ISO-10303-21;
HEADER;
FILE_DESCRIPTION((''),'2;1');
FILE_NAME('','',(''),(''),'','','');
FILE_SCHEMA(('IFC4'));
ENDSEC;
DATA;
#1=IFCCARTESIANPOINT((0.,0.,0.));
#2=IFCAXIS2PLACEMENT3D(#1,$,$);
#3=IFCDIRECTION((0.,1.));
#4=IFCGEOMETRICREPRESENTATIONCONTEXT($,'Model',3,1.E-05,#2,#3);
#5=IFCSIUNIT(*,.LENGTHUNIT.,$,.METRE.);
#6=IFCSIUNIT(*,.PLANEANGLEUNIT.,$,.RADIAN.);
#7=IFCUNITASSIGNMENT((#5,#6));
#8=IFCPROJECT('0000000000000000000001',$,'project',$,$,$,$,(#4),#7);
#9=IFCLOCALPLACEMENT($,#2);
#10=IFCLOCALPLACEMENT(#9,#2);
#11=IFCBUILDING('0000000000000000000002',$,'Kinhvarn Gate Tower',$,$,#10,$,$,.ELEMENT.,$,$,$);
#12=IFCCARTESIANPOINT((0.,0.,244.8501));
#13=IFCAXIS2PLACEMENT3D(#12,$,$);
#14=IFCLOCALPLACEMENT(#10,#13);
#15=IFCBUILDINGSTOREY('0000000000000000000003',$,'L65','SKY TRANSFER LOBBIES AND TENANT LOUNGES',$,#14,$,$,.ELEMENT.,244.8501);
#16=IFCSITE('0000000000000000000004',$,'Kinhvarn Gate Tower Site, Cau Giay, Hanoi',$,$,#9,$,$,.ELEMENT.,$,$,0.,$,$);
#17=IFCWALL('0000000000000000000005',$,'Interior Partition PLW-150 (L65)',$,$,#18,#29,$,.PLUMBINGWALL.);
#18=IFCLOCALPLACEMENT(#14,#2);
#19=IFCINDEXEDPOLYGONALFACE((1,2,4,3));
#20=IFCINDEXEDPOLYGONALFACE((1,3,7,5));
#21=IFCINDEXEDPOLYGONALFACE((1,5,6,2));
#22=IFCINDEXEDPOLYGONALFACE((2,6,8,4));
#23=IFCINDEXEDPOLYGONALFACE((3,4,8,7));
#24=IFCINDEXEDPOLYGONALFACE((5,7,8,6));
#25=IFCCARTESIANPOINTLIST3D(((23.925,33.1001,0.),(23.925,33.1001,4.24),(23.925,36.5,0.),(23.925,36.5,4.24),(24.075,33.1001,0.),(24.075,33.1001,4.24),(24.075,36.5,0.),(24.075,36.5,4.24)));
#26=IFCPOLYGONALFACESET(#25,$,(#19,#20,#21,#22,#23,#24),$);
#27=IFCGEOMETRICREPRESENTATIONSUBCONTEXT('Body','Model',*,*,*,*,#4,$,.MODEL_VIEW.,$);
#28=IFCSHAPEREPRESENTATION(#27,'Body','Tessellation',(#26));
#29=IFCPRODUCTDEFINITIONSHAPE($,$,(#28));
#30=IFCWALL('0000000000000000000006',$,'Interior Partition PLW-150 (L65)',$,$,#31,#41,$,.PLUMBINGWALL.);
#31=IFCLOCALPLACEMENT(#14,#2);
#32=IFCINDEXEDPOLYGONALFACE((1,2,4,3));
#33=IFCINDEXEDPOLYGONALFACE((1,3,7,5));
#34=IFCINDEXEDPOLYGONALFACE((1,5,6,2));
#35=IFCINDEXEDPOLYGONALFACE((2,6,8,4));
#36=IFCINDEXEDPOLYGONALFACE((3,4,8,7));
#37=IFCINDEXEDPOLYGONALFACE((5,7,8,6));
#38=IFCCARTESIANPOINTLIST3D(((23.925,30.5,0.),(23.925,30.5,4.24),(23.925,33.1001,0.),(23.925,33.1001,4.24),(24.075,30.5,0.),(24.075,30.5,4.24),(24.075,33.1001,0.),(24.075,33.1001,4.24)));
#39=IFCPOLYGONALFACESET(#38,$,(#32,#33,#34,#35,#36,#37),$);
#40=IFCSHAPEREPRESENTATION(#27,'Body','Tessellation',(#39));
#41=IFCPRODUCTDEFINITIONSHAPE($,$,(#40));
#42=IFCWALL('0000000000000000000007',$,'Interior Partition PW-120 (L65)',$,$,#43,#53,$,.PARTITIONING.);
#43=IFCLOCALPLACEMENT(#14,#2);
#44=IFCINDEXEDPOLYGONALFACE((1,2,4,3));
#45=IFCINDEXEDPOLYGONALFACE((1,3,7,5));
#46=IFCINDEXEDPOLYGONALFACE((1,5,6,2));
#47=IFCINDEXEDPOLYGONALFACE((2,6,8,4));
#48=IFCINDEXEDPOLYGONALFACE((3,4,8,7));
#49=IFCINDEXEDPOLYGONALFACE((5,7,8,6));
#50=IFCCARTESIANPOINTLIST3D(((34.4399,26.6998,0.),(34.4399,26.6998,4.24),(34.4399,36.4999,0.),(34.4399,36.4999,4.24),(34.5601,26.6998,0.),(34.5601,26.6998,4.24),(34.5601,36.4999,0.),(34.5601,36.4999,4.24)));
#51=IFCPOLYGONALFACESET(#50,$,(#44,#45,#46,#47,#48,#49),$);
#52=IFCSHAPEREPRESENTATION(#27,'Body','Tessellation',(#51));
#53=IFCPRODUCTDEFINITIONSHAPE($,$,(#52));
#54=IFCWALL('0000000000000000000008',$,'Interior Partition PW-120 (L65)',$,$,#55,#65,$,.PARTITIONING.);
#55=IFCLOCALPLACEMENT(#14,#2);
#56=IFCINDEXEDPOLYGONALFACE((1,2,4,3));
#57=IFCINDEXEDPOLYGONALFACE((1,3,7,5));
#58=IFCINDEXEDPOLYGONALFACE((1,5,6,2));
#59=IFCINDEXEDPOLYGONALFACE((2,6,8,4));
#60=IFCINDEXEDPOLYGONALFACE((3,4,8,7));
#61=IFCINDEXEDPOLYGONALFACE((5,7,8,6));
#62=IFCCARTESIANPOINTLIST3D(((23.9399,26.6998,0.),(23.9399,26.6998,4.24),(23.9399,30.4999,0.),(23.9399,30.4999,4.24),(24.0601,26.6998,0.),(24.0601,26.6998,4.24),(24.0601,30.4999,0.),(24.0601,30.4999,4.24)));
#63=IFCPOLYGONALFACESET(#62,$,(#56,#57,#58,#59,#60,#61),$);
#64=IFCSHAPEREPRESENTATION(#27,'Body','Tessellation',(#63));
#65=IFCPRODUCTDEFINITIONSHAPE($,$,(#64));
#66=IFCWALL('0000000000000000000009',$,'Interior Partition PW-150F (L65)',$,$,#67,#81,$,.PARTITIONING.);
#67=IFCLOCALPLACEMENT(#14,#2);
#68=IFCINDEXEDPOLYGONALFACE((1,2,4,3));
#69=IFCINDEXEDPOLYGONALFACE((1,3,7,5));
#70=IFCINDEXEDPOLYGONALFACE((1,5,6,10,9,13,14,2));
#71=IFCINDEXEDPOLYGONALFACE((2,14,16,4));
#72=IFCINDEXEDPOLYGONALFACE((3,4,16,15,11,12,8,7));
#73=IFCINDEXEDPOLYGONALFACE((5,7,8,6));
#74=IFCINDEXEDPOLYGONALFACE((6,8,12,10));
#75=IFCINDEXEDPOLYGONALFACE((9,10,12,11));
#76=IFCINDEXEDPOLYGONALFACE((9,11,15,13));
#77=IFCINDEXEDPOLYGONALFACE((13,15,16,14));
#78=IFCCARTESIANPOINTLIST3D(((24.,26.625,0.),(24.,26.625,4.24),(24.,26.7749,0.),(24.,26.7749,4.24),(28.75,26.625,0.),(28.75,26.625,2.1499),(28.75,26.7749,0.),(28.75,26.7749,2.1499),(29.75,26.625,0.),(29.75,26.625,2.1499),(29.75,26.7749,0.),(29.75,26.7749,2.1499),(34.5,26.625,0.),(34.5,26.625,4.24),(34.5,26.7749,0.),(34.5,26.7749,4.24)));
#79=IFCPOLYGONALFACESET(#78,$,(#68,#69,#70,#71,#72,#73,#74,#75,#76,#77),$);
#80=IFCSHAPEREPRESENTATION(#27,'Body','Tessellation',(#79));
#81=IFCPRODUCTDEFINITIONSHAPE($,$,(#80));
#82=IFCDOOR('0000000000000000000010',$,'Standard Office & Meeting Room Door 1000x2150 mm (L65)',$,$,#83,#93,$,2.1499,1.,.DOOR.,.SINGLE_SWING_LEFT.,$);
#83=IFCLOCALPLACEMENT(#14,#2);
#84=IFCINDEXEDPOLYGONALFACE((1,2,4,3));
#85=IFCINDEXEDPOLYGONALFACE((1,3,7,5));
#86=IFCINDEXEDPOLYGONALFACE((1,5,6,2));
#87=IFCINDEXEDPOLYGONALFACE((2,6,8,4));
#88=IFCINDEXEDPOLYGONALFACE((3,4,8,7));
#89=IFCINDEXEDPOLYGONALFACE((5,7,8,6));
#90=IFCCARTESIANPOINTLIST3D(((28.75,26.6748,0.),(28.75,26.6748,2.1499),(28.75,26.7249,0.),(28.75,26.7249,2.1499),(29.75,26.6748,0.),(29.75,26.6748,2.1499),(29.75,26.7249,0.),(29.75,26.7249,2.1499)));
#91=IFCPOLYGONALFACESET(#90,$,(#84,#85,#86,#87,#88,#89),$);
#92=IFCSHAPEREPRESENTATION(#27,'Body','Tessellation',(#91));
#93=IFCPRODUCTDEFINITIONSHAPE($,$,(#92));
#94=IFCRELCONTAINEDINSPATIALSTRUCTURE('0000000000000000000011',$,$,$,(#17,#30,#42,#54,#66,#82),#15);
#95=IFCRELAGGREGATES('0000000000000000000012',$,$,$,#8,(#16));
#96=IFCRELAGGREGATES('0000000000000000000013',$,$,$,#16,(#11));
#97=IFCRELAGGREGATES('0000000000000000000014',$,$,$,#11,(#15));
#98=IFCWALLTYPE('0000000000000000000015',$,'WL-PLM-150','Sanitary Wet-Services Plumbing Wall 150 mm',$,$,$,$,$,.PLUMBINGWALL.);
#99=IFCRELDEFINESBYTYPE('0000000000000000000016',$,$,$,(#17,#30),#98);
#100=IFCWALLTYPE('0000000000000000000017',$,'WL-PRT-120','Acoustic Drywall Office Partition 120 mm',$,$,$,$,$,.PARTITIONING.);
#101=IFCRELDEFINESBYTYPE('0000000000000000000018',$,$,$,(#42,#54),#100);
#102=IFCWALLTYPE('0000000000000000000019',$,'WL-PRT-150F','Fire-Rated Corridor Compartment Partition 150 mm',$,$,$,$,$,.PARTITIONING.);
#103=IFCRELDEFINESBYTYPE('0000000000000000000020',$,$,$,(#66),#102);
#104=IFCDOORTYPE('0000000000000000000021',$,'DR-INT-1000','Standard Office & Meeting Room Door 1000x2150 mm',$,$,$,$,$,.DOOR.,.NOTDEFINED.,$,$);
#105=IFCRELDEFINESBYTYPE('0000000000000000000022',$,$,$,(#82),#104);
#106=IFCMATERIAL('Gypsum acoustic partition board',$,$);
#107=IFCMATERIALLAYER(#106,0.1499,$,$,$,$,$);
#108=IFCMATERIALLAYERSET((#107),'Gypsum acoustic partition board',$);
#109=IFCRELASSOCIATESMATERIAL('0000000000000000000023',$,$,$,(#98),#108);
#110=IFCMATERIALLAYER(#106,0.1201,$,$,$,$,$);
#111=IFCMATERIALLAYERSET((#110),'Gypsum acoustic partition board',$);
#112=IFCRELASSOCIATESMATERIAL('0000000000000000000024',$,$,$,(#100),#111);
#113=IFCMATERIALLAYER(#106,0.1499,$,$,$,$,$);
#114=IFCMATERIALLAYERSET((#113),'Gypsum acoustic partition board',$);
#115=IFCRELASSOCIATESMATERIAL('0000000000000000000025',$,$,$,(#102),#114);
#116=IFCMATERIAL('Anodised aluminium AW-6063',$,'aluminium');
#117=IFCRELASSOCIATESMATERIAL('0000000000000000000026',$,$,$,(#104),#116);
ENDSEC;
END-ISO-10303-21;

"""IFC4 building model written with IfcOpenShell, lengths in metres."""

from ifc_helpers import new_model, si_unit, direction, frame, frame_2d, origin, place, context, subcontext, project, spatial, rectangle, extrude, material, layer, layer_set, type_object, element, fill, save


model = new_model("IFC4")

# Units and contexts
model_context = context("Model", 3, precision=1e-05, world=origin(), true_north=direction((0.0, 1.0)))
body_context = subcontext(model_context, "Body", "Model", "MODEL_VIEW")
ifc_project = project(units=[si_unit("LENGTHUNIT", "METRE"), si_unit("PLANEANGLEUNIT", "RADIAN")], contexts=[model_context])

# Site, building, storey
site_placement = place(None, origin())
site = spatial("IfcSite", under=ifc_project, at=site_placement, Name="Kinhvarn Gate Tower Site, Cau Giay, Hanoi", CompositionType="ELEMENT", RefElevation=0.0)
building_placement = place(site_placement, origin())
building = spatial("IfcBuilding", under=site, at=building_placement, Name="Kinhvarn Gate Tower", CompositionType="ELEMENT")
storey_placement = place(building_placement, frame((0.0, 0.0, 244.8501)))
storey = spatial("IfcBuildingStorey", under=building, at=storey_placement, Name="L65", Description="SKY TRANSFER LOBBIES AND TENANT LOUNGES", CompositionType="ELEMENT", Elevation=244.8501)

# Walls
ifc_material_1 = material(Name="Gypsum acoustic partition board")
ifc_layer_1 = layer(ifc_material_1, 0.1499)
ifc_layer_set_1 = layer_set([ifc_layer_1], Name="Gypsum acoustic partition board")
wall_type_1 = type_object("IfcWallType", Name="WL-PLM-150", Description="Sanitary Wet-Services Plumbing Wall 150 mm", PredefinedType="PLUMBINGWALL", material=ifc_layer_set_1)
wall_1_placement = place(storey_placement, frame((24.0, 33.1001, 0.0), z_axis=(0.0, 0.0, 1.0), x_axis=(0.0, 1.0, 0.0)))
element("IfcWall", 1, at=wall_1_placement, inside=storey, type_object=wall_type_1, Name="Interior Partition PLW-150 (L65)", PredefinedType="PLUMBINGWALL", context=body_context, shape_type="SweptSolid", body=[
    extrude(rectangle(XDim=3.3999, YDim=0.1499, at=frame_2d((1.7, 0.0))), origin(), (0.0, 0.0, 1.0), 4.24),
])
wall_2_placement = place(storey_placement, frame((24.0, 30.5, 0.0), z_axis=(0.0, 0.0, 1.0), x_axis=(0.0, 1.0, 0.0)))
element("IfcWall", 2, at=wall_2_placement, inside=storey, type_object=wall_type_1, Name="Interior Partition PLW-150 (L65)", PredefinedType="PLUMBINGWALL", context=body_context, shape_type="SweptSolid", body=[
    extrude(rectangle(XDim=2.6001, YDim=0.1499, at=frame_2d((1.3, 0.0))), origin(), (0.0, 0.0, 1.0), 4.24),
])
ifc_layer_2 = layer(ifc_material_1, 0.1201)
ifc_layer_set_2 = layer_set([ifc_layer_2], Name="Gypsum acoustic partition board")
wall_type_2 = type_object("IfcWallType", Name="WL-PRT-120", Description="Acoustic Drywall Office Partition 120 mm", PredefinedType="PARTITIONING", material=ifc_layer_set_2)
wall_3_placement = place(storey_placement, frame((34.5, 26.7, 0.0), z_axis=(0.0, 0.0, 1.0), x_axis=(0.0, 1.0, 0.0)))
element("IfcWall", 3, at=wall_3_placement, inside=storey, type_object=wall_type_2, Name="Interior Partition PW-120 (L65)", PredefinedType="PARTITIONING", context=body_context, shape_type="SweptSolid", body=[
    extrude(rectangle(XDim=9.8, YDim=0.1201, at=frame_2d((4.8999, 0.0))), origin(), (0.0, 0.0, 1.0), 4.24),
])
wall_4_placement = place(storey_placement, frame((24.0, 26.7, 0.0), z_axis=(0.0, 0.0, 1.0), x_axis=(0.0, 1.0, 0.0)))
element("IfcWall", 4, at=wall_4_placement, inside=storey, type_object=wall_type_2, Name="Interior Partition PW-120 (L65)", PredefinedType="PARTITIONING", context=body_context, shape_type="SweptSolid", body=[
    extrude(rectangle(XDim=3.8, YDim=0.1201, at=frame_2d((1.8999, 0.0))), origin(), (0.0, 0.0, 1.0), 4.24),
])

# Wall, opening, door
ifc_layer_3 = layer(ifc_material_1, 0.1499)
ifc_layer_set_3 = layer_set([ifc_layer_3], Name="Gypsum acoustic partition board")
wall_type_3 = type_object("IfcWallType", Name="WL-PRT-150F", Description="Fire-Rated Corridor Compartment Partition 150 mm", PredefinedType="PARTITIONING", material=ifc_layer_set_3)
wall_5_placement = place(storey_placement, frame((24.0, 26.7, 0.0), z_axis=(0.0, 0.0, 1.0), x_axis=(1.0, 0.0, 0.0)))
wall_5 = element("IfcWall", 5, at=wall_5_placement, inside=storey, type_object=wall_type_3, Name="Interior Partition PW-150F (L65)", PredefinedType="PARTITIONING", context=body_context, shape_type="SweptSolid", body=[
    extrude(rectangle(XDim=10.5, YDim=0.1499, at=frame_2d((5.25, 0.0))), origin(), (0.0, 0.0, 1.0), 4.24),
])
opening_placement = place(wall_5_placement, frame((4.75, 0.0, 0.0)))
opening = element("IfcOpeningElement", 6, at=opening_placement, cuts=wall_5, PredefinedType="OPENING", context=body_context, shape_type="SweptSolid", body=[
    extrude(rectangle(XDim=1.0, YDim=2.1499, at=frame_2d((0.5, 1.075))), frame((0.0, 0.085, 0.0), z_axis=(0.0, -1.0, 0.0), x_axis=(1.0, 0.0, 0.0)), (0.0, 0.0, 1.0), 0.1699),
])
ifc_material_2 = material(Name="Anodised aluminium AW-6063", Category="aluminium")
door_type = type_object("IfcDoorType", Name="DR-INT-1000", Description="Standard Office & Meeting Room Door 1000x2150 mm", OperationType="NOTDEFINED", PredefinedType="DOOR", material=ifc_material_2)
door_placement = place(opening_placement, origin())
door = element("IfcDoor", 7, at=door_placement, inside=storey, type_object=door_type, Name="Standard Office & Meeting Room Door 1000x2150 mm (L65)", OperationType="SINGLE_SWING_LEFT", OverallHeight=2.1499, OverallWidth=1.0, PredefinedType="DOOR", context=body_context, shape_type="SweptSolid", body=[
    extrude(rectangle(XDim=1.0, YDim=2.1499, at=frame_2d((0.5, 1.075))), frame((0.0, 0.0249, 0.0), z_axis=(0.0, -1.0, 0.0), x_axis=(1.0, 0.0, 0.0)), (0.0, 0.0, 1.0), 0.05),
])
fill(opening, door)

save(model, "model.ifc")
